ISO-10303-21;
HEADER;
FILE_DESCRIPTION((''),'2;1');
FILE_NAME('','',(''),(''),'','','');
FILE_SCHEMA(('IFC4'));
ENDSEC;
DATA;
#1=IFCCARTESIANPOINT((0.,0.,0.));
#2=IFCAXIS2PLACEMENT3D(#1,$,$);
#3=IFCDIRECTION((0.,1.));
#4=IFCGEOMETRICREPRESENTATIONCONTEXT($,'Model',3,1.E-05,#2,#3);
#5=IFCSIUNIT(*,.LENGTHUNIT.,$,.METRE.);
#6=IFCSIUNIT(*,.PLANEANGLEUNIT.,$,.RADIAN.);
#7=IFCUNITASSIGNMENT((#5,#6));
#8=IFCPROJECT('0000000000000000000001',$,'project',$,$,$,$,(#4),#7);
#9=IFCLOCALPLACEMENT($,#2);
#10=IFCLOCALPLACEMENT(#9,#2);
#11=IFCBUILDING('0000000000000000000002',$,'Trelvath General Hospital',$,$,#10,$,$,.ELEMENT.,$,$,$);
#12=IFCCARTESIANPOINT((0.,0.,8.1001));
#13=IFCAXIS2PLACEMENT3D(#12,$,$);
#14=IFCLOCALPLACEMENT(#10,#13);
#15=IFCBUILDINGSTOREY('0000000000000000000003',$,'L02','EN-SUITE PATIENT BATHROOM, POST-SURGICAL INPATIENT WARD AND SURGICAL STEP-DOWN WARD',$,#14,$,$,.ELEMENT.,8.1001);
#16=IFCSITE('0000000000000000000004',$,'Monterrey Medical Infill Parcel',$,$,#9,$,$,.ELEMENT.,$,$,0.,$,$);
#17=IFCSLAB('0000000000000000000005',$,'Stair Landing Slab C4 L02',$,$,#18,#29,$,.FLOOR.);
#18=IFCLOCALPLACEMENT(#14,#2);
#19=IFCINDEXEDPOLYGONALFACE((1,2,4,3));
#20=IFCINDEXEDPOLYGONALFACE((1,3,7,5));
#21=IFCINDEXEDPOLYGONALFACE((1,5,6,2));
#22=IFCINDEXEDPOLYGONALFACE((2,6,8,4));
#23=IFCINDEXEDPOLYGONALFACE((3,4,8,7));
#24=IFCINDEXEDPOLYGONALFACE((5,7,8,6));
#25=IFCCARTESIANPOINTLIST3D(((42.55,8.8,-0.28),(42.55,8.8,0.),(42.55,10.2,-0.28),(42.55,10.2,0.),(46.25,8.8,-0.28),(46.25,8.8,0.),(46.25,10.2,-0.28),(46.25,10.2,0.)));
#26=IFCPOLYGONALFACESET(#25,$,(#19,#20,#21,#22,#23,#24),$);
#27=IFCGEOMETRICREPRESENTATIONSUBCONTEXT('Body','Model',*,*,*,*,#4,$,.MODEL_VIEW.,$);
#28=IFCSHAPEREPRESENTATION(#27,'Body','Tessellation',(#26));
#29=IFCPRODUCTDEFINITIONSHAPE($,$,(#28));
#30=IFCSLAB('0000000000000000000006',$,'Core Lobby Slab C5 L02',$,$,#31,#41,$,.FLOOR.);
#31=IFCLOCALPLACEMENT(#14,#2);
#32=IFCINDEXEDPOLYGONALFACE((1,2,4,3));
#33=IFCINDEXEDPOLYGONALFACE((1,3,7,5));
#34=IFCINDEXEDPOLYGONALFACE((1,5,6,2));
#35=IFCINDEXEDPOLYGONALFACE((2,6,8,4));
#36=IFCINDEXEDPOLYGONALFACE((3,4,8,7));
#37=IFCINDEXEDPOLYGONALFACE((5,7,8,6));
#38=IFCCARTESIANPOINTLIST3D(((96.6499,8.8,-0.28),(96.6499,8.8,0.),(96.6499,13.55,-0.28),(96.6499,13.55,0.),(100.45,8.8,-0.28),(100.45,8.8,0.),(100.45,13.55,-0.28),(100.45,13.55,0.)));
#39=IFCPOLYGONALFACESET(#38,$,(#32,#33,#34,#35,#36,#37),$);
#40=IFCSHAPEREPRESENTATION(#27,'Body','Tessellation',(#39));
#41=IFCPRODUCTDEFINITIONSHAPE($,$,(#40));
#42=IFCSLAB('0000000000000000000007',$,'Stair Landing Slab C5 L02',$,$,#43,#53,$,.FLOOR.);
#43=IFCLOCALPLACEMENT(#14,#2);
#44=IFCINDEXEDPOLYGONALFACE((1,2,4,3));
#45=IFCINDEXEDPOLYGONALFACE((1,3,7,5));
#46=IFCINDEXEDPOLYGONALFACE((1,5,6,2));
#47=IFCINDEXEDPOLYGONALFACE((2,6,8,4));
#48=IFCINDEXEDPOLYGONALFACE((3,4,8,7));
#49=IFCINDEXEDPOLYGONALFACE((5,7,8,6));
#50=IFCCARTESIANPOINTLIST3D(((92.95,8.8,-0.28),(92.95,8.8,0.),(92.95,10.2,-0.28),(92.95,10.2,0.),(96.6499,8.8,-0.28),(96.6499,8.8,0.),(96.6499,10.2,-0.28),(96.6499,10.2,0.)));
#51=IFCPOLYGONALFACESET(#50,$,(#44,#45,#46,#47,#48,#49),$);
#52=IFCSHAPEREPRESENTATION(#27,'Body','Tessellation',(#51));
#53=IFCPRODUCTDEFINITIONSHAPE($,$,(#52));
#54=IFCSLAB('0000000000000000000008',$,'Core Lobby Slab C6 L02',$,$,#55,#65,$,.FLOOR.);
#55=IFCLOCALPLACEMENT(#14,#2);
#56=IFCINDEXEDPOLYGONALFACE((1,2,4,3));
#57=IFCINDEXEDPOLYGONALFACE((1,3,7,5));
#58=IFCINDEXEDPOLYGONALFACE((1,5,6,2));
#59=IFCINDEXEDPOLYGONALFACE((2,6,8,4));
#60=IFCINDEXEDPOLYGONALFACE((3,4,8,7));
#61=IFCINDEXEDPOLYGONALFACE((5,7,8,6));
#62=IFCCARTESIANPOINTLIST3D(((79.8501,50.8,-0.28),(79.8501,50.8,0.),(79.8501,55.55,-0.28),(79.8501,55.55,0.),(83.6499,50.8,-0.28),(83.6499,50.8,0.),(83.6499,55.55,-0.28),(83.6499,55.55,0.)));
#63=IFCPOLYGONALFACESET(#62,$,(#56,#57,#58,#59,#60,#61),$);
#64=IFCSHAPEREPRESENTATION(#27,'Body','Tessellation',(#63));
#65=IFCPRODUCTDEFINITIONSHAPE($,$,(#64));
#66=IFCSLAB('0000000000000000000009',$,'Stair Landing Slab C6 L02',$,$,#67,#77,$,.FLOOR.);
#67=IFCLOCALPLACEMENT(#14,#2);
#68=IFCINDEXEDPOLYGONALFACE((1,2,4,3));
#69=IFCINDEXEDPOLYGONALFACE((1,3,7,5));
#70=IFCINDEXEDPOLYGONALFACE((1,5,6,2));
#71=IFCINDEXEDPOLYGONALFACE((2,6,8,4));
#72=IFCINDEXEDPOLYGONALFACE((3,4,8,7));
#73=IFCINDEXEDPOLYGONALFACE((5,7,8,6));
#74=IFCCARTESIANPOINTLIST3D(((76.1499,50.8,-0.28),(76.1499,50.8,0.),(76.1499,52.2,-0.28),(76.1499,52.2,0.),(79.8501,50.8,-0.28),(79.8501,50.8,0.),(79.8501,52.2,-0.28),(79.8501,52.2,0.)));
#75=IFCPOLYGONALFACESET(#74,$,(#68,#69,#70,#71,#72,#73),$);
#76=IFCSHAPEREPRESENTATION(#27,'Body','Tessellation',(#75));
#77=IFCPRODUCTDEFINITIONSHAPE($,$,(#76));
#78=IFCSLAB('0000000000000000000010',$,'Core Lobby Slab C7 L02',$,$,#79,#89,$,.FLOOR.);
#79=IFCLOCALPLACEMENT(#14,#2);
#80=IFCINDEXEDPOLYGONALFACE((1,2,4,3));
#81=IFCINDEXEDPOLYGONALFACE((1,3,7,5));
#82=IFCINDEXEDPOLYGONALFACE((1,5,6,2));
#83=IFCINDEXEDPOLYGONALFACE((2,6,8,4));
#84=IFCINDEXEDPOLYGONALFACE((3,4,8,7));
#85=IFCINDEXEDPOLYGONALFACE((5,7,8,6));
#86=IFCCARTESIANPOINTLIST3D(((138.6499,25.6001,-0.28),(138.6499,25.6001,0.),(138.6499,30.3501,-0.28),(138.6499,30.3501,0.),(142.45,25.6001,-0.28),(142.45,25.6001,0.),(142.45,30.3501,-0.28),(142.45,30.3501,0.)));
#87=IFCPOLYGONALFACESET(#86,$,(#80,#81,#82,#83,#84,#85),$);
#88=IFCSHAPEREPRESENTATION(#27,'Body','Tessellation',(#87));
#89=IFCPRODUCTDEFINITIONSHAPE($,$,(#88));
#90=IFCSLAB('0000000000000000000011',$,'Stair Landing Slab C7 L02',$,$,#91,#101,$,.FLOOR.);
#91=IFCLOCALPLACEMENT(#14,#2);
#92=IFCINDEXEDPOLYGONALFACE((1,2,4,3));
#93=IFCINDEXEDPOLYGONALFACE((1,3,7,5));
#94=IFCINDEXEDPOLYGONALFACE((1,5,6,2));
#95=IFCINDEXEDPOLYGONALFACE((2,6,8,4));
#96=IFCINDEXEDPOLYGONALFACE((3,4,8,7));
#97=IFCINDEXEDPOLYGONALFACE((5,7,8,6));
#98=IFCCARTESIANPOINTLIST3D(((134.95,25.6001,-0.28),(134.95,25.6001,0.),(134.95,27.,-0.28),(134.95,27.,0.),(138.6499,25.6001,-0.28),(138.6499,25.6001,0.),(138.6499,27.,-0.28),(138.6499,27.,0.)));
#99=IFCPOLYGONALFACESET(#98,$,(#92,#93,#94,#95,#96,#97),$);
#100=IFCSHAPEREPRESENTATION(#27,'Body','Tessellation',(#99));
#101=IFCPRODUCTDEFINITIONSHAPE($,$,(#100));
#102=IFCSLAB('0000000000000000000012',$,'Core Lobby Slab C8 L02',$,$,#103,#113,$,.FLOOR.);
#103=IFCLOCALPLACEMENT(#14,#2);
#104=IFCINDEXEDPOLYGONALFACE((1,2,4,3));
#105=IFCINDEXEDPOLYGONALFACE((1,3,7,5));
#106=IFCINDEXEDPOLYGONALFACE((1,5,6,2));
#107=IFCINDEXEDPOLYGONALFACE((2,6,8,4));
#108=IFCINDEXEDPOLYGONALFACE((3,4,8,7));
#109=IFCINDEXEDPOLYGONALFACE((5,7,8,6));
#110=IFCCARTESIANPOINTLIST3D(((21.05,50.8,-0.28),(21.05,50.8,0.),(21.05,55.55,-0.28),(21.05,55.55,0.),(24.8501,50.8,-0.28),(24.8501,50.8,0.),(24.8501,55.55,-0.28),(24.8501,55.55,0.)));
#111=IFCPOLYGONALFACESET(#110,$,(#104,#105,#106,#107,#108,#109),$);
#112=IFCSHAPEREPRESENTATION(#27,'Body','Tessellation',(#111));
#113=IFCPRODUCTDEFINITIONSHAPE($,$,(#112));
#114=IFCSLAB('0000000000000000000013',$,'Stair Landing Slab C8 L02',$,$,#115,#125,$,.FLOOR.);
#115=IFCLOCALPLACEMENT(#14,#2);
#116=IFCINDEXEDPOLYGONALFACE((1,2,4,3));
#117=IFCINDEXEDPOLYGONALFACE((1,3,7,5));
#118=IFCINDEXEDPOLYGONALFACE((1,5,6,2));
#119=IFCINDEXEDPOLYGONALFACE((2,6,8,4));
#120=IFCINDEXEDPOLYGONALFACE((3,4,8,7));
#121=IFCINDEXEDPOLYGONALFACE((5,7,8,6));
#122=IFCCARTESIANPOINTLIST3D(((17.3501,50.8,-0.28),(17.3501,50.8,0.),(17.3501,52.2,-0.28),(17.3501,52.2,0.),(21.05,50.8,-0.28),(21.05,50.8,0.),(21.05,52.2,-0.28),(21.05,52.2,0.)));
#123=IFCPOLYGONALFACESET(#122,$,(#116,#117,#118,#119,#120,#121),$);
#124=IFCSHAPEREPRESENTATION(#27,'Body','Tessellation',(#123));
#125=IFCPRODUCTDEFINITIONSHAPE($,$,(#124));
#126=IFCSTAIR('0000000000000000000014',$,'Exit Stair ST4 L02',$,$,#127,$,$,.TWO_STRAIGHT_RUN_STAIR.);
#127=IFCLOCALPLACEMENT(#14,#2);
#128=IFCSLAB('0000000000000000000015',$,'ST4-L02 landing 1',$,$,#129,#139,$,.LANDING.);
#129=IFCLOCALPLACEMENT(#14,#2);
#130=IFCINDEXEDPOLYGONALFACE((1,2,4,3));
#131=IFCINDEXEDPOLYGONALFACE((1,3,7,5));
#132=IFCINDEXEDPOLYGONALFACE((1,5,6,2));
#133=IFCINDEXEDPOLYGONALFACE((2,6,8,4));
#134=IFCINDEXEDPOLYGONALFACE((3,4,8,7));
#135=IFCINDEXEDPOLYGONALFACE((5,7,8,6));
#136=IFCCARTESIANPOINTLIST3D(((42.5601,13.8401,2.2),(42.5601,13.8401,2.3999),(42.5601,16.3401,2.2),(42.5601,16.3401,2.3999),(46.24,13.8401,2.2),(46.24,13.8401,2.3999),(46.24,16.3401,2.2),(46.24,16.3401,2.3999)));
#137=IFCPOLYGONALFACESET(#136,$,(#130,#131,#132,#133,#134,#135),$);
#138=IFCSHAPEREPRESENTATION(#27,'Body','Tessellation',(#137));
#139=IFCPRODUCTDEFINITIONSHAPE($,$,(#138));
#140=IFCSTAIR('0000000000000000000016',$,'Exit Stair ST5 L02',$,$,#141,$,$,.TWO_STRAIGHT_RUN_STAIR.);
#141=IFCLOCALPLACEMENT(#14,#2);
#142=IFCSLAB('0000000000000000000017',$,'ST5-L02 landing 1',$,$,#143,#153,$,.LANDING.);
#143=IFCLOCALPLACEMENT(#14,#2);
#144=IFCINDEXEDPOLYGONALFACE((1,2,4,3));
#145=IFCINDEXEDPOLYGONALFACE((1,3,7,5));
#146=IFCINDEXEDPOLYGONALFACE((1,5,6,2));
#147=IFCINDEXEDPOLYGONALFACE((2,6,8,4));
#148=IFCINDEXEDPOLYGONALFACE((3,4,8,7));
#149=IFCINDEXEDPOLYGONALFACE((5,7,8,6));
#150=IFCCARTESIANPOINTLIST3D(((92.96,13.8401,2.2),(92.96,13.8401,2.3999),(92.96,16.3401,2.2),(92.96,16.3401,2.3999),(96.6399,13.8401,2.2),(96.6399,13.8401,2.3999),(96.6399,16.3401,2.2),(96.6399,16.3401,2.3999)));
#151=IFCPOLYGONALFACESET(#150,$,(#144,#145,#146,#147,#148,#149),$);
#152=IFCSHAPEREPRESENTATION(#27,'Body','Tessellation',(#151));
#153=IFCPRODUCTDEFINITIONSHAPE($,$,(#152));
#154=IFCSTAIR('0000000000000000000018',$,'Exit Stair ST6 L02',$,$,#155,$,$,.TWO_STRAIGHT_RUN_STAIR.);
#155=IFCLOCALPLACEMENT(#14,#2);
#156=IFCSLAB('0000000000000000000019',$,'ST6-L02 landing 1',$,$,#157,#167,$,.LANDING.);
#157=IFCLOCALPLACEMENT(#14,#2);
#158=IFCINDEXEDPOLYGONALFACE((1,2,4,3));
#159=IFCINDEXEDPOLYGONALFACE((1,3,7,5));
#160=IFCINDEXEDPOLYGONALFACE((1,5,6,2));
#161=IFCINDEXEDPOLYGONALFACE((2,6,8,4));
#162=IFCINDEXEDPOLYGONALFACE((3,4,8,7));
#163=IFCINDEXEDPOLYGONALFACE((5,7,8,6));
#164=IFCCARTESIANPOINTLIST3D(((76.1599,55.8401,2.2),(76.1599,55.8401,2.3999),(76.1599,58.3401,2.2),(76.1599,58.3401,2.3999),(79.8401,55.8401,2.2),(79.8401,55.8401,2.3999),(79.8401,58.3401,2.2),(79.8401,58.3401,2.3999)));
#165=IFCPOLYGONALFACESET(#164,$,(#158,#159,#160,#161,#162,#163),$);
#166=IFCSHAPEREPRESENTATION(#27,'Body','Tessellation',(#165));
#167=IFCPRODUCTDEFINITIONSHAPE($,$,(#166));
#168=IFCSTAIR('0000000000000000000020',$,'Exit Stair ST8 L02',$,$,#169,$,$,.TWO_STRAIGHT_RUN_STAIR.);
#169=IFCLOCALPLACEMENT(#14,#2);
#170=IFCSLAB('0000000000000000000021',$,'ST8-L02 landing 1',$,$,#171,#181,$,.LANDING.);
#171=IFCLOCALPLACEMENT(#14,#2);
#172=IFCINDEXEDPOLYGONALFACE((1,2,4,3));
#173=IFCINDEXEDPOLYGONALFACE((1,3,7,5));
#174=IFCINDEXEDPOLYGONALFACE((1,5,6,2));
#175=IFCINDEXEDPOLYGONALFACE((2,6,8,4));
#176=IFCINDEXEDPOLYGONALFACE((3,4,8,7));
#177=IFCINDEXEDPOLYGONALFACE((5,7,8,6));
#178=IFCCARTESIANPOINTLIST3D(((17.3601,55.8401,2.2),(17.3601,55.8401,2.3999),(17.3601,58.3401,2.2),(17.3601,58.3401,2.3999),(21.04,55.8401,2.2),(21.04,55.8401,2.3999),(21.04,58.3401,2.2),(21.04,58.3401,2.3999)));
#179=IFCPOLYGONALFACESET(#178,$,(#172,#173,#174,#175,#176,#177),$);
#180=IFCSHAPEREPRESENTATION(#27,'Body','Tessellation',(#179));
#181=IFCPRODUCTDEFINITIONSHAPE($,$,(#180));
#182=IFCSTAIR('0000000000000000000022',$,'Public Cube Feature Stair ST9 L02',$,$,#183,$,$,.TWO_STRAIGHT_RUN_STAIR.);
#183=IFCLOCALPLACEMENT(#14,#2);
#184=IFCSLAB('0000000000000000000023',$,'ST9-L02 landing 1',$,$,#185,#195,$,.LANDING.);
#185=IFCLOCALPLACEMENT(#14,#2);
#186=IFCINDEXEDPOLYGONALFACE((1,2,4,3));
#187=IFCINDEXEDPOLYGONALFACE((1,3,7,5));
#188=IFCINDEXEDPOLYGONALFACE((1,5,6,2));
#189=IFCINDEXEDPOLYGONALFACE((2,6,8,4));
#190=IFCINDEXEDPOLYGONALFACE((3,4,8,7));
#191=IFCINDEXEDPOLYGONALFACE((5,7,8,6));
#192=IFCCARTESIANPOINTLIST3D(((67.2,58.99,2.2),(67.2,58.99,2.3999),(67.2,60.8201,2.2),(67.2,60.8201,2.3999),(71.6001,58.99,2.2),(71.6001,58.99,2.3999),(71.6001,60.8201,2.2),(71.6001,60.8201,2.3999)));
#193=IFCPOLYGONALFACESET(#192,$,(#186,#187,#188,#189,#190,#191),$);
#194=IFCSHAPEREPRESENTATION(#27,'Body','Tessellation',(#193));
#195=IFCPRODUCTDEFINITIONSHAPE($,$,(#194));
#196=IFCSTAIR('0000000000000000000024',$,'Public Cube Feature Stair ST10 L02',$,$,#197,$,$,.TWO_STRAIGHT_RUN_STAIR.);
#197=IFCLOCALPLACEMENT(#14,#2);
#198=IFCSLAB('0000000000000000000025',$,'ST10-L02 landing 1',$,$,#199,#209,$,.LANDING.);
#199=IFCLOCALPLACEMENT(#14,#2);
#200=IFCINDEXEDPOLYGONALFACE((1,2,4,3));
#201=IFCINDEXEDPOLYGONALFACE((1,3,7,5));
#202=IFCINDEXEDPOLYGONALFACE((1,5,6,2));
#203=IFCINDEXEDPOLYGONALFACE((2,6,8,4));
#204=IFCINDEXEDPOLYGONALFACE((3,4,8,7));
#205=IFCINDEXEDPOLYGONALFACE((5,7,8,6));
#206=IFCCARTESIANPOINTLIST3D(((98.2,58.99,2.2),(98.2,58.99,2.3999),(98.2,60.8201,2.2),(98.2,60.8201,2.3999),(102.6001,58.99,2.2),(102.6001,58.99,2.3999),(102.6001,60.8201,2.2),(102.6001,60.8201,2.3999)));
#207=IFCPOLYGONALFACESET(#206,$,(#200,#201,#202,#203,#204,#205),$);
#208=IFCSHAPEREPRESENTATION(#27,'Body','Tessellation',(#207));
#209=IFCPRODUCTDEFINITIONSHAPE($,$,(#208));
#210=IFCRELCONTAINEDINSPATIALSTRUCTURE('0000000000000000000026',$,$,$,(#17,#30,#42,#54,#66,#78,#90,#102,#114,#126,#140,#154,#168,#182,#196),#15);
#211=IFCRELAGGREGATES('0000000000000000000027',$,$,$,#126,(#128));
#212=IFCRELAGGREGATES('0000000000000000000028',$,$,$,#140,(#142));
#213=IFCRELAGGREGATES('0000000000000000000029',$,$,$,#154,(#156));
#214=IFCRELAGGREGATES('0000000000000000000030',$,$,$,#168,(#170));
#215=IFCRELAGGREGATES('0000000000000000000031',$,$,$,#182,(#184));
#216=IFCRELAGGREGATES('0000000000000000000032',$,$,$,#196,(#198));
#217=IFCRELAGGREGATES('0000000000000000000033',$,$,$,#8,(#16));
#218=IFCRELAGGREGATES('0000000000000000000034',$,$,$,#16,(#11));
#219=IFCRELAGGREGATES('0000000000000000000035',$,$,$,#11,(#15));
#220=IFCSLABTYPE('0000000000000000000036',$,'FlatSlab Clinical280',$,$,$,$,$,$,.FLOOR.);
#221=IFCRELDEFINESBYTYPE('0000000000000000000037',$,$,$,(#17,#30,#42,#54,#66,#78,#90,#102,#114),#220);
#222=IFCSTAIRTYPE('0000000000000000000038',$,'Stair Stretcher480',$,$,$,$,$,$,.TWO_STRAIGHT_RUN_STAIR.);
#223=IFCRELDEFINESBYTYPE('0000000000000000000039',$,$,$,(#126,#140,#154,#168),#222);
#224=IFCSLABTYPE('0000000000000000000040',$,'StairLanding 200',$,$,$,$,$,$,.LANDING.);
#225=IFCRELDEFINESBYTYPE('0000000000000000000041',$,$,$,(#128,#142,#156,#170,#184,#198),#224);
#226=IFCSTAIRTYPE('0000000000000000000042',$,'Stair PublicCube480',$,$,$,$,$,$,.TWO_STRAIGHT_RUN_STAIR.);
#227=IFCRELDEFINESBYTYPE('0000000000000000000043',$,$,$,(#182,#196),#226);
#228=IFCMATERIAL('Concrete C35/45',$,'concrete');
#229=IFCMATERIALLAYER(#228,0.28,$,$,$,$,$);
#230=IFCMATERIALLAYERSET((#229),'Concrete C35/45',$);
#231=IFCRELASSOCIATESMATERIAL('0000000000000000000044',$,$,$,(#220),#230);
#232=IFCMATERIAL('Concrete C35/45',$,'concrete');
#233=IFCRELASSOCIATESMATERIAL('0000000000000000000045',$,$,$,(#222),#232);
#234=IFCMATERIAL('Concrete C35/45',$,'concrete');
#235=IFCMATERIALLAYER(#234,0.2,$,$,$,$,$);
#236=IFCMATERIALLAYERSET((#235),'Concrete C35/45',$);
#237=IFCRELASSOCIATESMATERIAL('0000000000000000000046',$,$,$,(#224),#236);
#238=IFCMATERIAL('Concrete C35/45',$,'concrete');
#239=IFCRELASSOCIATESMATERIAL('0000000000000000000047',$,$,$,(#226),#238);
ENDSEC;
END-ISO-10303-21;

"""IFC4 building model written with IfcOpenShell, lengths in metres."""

from ifc_helpers import new_model, si_unit, direction, frame, origin, place, context, subcontext, project, spatial, polyline, outline, extrude, material, layer, layer_set, type_object, element, aggregate, save


model = new_model("IFC4")

# Units and contexts
model_context = context("Model", 3, precision=1e-05, world=origin(), true_north=direction((0.0, 1.0)))
body_context = subcontext(model_context, "Body", "Model", "MODEL_VIEW")
ifc_project = project(units=[si_unit("LENGTHUNIT", "METRE"), si_unit("PLANEANGLEUNIT", "RADIAN")], contexts=[model_context])

# Site, building, storey
site_placement = place(None, origin())
site = spatial("IfcSite", under=ifc_project, at=site_placement, Name="Monterrey Medical Infill Parcel", CompositionType="ELEMENT", RefElevation=0.0)
building_placement = place(site_placement, origin())
building = spatial("IfcBuilding", under=site, at=building_placement, Name="Trelvath General Hospital", CompositionType="ELEMENT")
storey_placement = place(building_placement, frame((0.0, 0.0, 8.1001)))
storey = spatial("IfcBuildingStorey", under=building, at=storey_placement, Name="L02", Description="EN-SUITE PATIENT BATHROOM, POST-SURGICAL INPATIENT WARD AND SURGICAL STEP-DOWN WARD", CompositionType="ELEMENT", Elevation=8.1001)

# Slabs
ifc_material_1 = material(Name="Concrete C35/45", Category="concrete")
ifc_layer_1 = layer(ifc_material_1, 0.28)
ifc_layer_set_1 = layer_set([ifc_layer_1], Name="Concrete C35/45")
slab_type_1 = type_object("IfcSlabType", Name="FlatSlab Clinical280", PredefinedType="FLOOR", material=ifc_layer_set_1)
slab_1_placement = place(storey_placement, frame((0.0, 0.0, -0.28)))
element("IfcSlab", 1, at=slab_1_placement, inside=storey, type_object=slab_type_1, Name="Stair Landing Slab C4 L02", PredefinedType="FLOOR", context=body_context, shape_type="SweptSolid", body=[
    extrude(outline(polyline([(42.55, 8.8), (46.25, 8.8), (46.25, 10.2), (42.55, 10.2), (42.55, 8.8)])), origin(), (0.0, 0.0, 1.0), 0.28),
])
slab_2_placement = place(storey_placement, frame((0.0, 0.0, -0.28)))
element("IfcSlab", 2, at=slab_2_placement, inside=storey, type_object=slab_type_1, Name="Core Lobby Slab C5 L02", PredefinedType="FLOOR", context=body_context, shape_type="SweptSolid", body=[
    extrude(outline(polyline([(96.6499, 8.8), (100.45, 8.8), (100.45, 13.55), (96.6499, 13.55), (96.6499, 8.8)])), origin(), (0.0, 0.0, 1.0), 0.28),
])
slab_3_placement = place(storey_placement, frame((0.0, 0.0, -0.28)))
element("IfcSlab", 3, at=slab_3_placement, inside=storey, type_object=slab_type_1, Name="Stair Landing Slab C5 L02", PredefinedType="FLOOR", context=body_context, shape_type="SweptSolid", body=[
    extrude(outline(polyline([(92.95, 8.8), (96.6499, 8.8), (96.6499, 10.2), (92.95, 10.2), (92.95, 8.8)])), origin(), (0.0, 0.0, 1.0), 0.28),
])
slab_4_placement = place(storey_placement, frame((0.0, 0.0, -0.28)))
element("IfcSlab", 4, at=slab_4_placement, inside=storey, type_object=slab_type_1, Name="Core Lobby Slab C6 L02", PredefinedType="FLOOR", context=body_context, shape_type="SweptSolid", body=[
    extrude(outline(polyline([(79.8501, 50.8), (83.6499, 50.8), (83.6499, 55.55), (79.8501, 55.55), (79.8501, 50.8)])), origin(), (0.0, 0.0, 1.0), 0.28),
])
slab_5_placement = place(storey_placement, frame((0.0, 0.0, -0.28)))
element("IfcSlab", 5, at=slab_5_placement, inside=storey, type_object=slab_type_1, Name="Stair Landing Slab C6 L02", PredefinedType="FLOOR", context=body_context, shape_type="SweptSolid", body=[
    extrude(outline(polyline([(76.1499, 50.8), (79.8501, 50.8), (79.8501, 52.2), (76.1499, 52.2), (76.1499, 50.8)])), origin(), (0.0, 0.0, 1.0), 0.28),
])
slab_6_placement = place(storey_placement, frame((0.0, 0.0, -0.28)))
element("IfcSlab", 6, at=slab_6_placement, inside=storey, type_object=slab_type_1, Name="Core Lobby Slab C7 L02", PredefinedType="FLOOR", context=body_context, shape_type="SweptSolid", body=[
    extrude(outline(polyline([(138.6499, 25.6001), (142.45, 25.6001), (142.45, 30.3501), (138.6499, 30.3501), (138.6499, 25.6001)])), origin(), (0.0, 0.0, 1.0), 0.28),
])
slab_7_placement = place(storey_placement, frame((0.0, 0.0, -0.28)))
element("IfcSlab", 7, at=slab_7_placement, inside=storey, type_object=slab_type_1, Name="Stair Landing Slab C7 L02", PredefinedType="FLOOR", context=body_context, shape_type="SweptSolid", body=[
    extrude(outline(polyline([(134.95, 25.6001), (138.6499, 25.6001), (138.6499, 27.0), (134.95, 27.0), (134.95, 25.6001)])), origin(), (0.0, 0.0, 1.0), 0.28),
])
slab_8_placement = place(storey_placement, frame((0.0, 0.0, -0.28)))
element("IfcSlab", 8, at=slab_8_placement, inside=storey, type_object=slab_type_1, Name="Core Lobby Slab C8 L02", PredefinedType="FLOOR", context=body_context, shape_type="SweptSolid", body=[
    extrude(outline(polyline([(21.05, 50.8), (24.8501, 50.8), (24.8501, 55.55), (21.05, 55.55), (21.05, 50.8)])), origin(), (0.0, 0.0, 1.0), 0.28),
])
slab_9_placement = place(storey_placement, frame((0.0, 0.0, -0.28)))
element("IfcSlab", 9, at=slab_9_placement, inside=storey, type_object=slab_type_1, Name="Stair Landing Slab C8 L02", PredefinedType="FLOOR", context=body_context, shape_type="SweptSolid", body=[
    extrude(outline(polyline([(17.3501, 50.8), (21.05, 50.8), (21.05, 52.2), (17.3501, 52.2), (17.3501, 50.8)])), origin(), (0.0, 0.0, 1.0), 0.28),
])

# Stairs, slabs
ifc_material_2 = material(Name="Concrete C35/45", Category="concrete")
stair_type_1 = type_object("IfcStairType", Name="Stair Stretcher480", PredefinedType="TWO_STRAIGHT_RUN_STAIR", material=ifc_material_2)
stair_1_placement = place(storey_placement, origin())
stair_1 = element("IfcStair", 10, at=stair_1_placement, inside=storey, type_object=stair_type_1, Name="Exit Stair ST4 L02", PredefinedType="TWO_STRAIGHT_RUN_STAIR")
ifc_material_3 = material(Name="Concrete C35/45", Category="concrete")
ifc_layer_2 = layer(ifc_material_3, 0.2)
ifc_layer_set_2 = layer_set([ifc_layer_2], Name="Concrete C35/45")
slab_type_2 = type_object("IfcSlabType", Name="StairLanding 200", PredefinedType="LANDING", material=ifc_layer_set_2)
slab_10_placement = place(storey_placement, frame((0.0, 0.0, 2.2)))
slab_10 = element("IfcSlab", 11, at=slab_10_placement, type_object=slab_type_2, Name="ST4-L02 landing 1", PredefinedType="LANDING", context=body_context, shape_type="SweptSolid", body=[
    extrude(outline(polyline([(42.5601, 13.8401), (46.24, 13.8401), (46.24, 16.3401), (42.5601, 16.3401), (42.5601, 13.8401)])), origin(), (0.0, 0.0, 1.0), 0.2),
])
aggregate(stair_1, [slab_10])
stair_2_placement = place(storey_placement, origin())
stair_2 = element("IfcStair", 12, at=stair_2_placement, inside=storey, type_object=stair_type_1, Name="Exit Stair ST5 L02", PredefinedType="TWO_STRAIGHT_RUN_STAIR")
slab_11_placement = place(storey_placement, frame((0.0, 0.0, 2.2)))
slab_11 = element("IfcSlab", 13, at=slab_11_placement, type_object=slab_type_2, Name="ST5-L02 landing 1", PredefinedType="LANDING", context=body_context, shape_type="SweptSolid", body=[
    extrude(outline(polyline([(92.96, 13.8401), (96.6399, 13.8401), (96.6399, 16.3401), (92.96, 16.3401), (92.96, 13.8401)])), origin(), (0.0, 0.0, 1.0), 0.2),
])
aggregate(stair_2, [slab_11])
stair_3_placement = place(storey_placement, origin())
stair_3 = element("IfcStair", 14, at=stair_3_placement, inside=storey, type_object=stair_type_1, Name="Exit Stair ST6 L02", PredefinedType="TWO_STRAIGHT_RUN_STAIR")
slab_12_placement = place(storey_placement, frame((0.0, 0.0, 2.2)))
slab_12 = element("IfcSlab", 15, at=slab_12_placement, type_object=slab_type_2, Name="ST6-L02 landing 1", PredefinedType="LANDING", context=body_context, shape_type="SweptSolid", body=[
    extrude(outline(polyline([(76.1599, 55.8401), (79.8401, 55.8401), (79.8401, 58.3401), (76.1599, 58.3401), (76.1599, 55.8401)])), origin(), (0.0, 0.0, 1.0), 0.2),
])
aggregate(stair_3, [slab_12])
stair_4_placement = place(storey_placement, origin())
stair_4 = element("IfcStair", 16, at=stair_4_placement, inside=storey, type_object=stair_type_1, Name="Exit Stair ST8 L02", PredefinedType="TWO_STRAIGHT_RUN_STAIR")
slab_13_placement = place(storey_placement, frame((0.0, 0.0, 2.2)))
slab_13 = element("IfcSlab", 17, at=slab_13_placement, type_object=slab_type_2, Name="ST8-L02 landing 1", PredefinedType="LANDING", context=body_context, shape_type="SweptSolid", body=[
    extrude(outline(polyline([(17.3601, 55.8401), (21.04, 55.8401), (21.04, 58.3401), (17.3601, 58.3401), (17.3601, 55.8401)])), origin(), (0.0, 0.0, 1.0), 0.2),
])
aggregate(stair_4, [slab_13])
ifc_material_4 = material(Name="Concrete C35/45", Category="concrete")
stair_type_2 = type_object("IfcStairType", Name="Stair PublicCube480", PredefinedType="TWO_STRAIGHT_RUN_STAIR", material=ifc_material_4)
stair_5_placement = place(storey_placement, origin())
stair_5 = element("IfcStair", 18, at=stair_5_placement, inside=storey, type_object=stair_type_2, Name="Public Cube Feature Stair ST9 L02", PredefinedType="TWO_STRAIGHT_RUN_STAIR")
slab_14_placement = place(storey_placement, frame((0.0, 0.0, 2.2)))
slab_14 = element("IfcSlab", 19, at=slab_14_placement, type_object=slab_type_2, Name="ST9-L02 landing 1", PredefinedType="LANDING", context=body_context, shape_type="SweptSolid", body=[
    extrude(outline(polyline([(67.2, 58.99), (71.6001, 58.99), (71.6001, 60.8201), (67.2, 60.8201), (67.2, 58.99)])), origin(), (0.0, 0.0, 1.0), 0.2),
])
aggregate(stair_5, [slab_14])
stair_6_placement = place(storey_placement, origin())
stair_6 = element("IfcStair", 20, at=stair_6_placement, inside=storey, type_object=stair_type_2, Name="Public Cube Feature Stair ST10 L02", PredefinedType="TWO_STRAIGHT_RUN_STAIR")
slab_15_placement = place(storey_placement, frame((0.0, 0.0, 2.2)))
slab_15 = element("IfcSlab", 21, at=slab_15_placement, type_object=slab_type_2, Name="ST10-L02 landing 1", PredefinedType="LANDING", context=body_context, shape_type="SweptSolid", body=[
    extrude(outline(polyline([(98.2, 58.99), (102.6001, 58.99), (102.6001, 60.8201), (98.2, 60.8201), (98.2, 58.99)])), origin(), (0.0, 0.0, 1.0), 0.2),
])
aggregate(stair_6, [slab_15])

save(model, "model.ifc")
